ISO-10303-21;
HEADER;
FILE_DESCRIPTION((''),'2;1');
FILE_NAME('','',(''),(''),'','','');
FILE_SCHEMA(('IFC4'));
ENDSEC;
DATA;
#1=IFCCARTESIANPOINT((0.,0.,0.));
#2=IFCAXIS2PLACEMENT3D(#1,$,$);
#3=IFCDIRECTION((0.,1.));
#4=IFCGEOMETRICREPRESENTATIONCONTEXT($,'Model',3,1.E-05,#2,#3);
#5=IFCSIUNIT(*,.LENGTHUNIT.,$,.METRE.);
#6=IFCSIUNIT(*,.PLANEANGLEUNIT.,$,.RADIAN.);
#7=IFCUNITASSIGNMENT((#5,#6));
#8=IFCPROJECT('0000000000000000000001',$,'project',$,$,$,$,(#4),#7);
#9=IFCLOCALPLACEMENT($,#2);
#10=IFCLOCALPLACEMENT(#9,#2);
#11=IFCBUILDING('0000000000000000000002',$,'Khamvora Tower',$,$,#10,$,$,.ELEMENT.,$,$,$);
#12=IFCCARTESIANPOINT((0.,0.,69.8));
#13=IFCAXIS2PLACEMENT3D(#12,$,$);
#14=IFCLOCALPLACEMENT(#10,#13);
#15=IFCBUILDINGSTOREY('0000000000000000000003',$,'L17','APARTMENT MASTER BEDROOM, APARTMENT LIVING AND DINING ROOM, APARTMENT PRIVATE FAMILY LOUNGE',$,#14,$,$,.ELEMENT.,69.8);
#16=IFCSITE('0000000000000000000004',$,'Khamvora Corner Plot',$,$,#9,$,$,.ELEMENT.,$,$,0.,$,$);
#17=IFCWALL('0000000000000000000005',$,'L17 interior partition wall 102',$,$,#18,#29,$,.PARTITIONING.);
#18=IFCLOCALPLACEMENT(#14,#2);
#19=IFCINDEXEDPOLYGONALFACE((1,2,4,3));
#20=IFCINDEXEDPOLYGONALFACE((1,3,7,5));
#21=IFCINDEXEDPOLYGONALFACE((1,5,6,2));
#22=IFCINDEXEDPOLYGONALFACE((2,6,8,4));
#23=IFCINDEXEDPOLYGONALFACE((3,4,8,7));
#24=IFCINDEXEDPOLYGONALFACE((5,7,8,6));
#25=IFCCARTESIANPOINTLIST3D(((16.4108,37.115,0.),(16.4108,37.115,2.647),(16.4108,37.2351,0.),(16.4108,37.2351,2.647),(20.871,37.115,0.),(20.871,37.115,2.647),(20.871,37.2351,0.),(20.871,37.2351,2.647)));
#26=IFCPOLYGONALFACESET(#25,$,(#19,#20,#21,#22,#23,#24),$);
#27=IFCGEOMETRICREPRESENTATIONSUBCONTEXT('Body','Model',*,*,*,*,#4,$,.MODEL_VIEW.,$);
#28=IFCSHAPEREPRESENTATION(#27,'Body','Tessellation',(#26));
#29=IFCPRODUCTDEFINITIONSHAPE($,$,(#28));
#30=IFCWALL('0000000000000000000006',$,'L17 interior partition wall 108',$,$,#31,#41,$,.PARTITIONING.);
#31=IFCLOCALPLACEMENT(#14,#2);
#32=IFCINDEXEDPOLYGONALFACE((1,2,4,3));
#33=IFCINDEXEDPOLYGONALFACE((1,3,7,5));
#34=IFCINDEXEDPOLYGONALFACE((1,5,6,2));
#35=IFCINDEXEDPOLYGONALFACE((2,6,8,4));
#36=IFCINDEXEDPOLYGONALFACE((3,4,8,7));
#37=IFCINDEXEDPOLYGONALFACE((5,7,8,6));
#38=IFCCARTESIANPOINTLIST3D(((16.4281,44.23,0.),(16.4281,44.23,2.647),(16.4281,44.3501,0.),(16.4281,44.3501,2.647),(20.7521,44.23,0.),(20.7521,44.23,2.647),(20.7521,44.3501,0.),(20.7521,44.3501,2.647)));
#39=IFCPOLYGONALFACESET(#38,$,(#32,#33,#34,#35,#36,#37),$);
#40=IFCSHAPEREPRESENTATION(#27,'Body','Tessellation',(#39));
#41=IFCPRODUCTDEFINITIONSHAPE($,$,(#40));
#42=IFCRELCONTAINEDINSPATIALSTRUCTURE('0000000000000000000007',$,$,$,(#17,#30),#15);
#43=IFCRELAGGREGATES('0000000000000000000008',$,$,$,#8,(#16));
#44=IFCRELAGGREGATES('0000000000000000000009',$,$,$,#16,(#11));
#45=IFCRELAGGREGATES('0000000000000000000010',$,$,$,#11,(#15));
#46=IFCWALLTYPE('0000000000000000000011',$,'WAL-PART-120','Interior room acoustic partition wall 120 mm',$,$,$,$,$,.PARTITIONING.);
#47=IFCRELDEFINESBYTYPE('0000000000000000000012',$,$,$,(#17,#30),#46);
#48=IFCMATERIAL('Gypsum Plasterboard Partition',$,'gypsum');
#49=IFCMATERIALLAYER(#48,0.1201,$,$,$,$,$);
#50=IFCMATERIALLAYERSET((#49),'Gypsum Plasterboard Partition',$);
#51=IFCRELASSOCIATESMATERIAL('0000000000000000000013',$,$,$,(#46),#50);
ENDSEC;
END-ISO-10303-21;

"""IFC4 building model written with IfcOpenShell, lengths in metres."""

from ifc_helpers import new_model, si_unit, direction, frame, frame_2d, origin, place, context, subcontext, project, spatial, rectangle, extrude, material, layer, layer_set, type_object, element, save


model = new_model("IFC4")

# Units and contexts
model_context = context("Model", 3, precision=1e-05, world=origin(), true_north=direction((0.0, 1.0)))
body_context = subcontext(model_context, "Body", "Model", "MODEL_VIEW")
ifc_project = project(units=[si_unit("LENGTHUNIT", "METRE"), si_unit("PLANEANGLEUNIT", "RADIAN")], contexts=[model_context])

# Site, building, storey
site_placement = place(None, origin())
site = spatial("IfcSite", under=ifc_project, at=site_placement, Name="Khamvora Corner Plot", CompositionType="ELEMENT", RefElevation=0.0)
building_placement = place(site_placement, origin())
building = spatial("IfcBuilding", under=site, at=building_placement, Name="Khamvora Tower", CompositionType="ELEMENT")
storey_placement = place(building_placement, frame((0.0, 0.0, 69.8)))
storey = spatial("IfcBuildingStorey", under=building, at=storey_placement, Name="L17", Description="APARTMENT MASTER BEDROOM, APARTMENT LIVING AND DINING ROOM, APARTMENT PRIVATE FAMILY LOUNGE", CompositionType="ELEMENT", Elevation=69.8)

# Walls
ifc_material_1 = material(Name="Gypsum Plasterboard Partition", Category="gypsum")
ifc_layer = layer(ifc_material_1, 0.1201)
ifc_layer_set = layer_set([ifc_layer], Name="Gypsum Plasterboard Partition")
wall_type = type_object("IfcWallType", Name="WAL-PART-120", Description="Interior room acoustic partition wall 120 mm", PredefinedType="PARTITIONING", material=ifc_layer_set)
wall_1_placement = place(storey_placement, frame((16.4109, 37.175, 0.0), z_axis=(0.0, 0.0, 1.0), x_axis=(1.0, 0.0, 0.0)))
element("IfcWall", 1, at=wall_1_placement, inside=storey, type_object=wall_type, Name="L17 interior partition wall 102", PredefinedType="PARTITIONING", context=body_context, shape_type="SweptSolid", body=[
    extrude(rectangle(XDim=4.4602, YDim=0.1201, at=frame_2d((2.23, 0.0))), origin(), (0.0, 0.0, 1.0), 2.647),
])
wall_2_placement = place(storey_placement, frame((16.428, 44.29, 0.0), z_axis=(0.0, 0.0, 1.0), x_axis=(1.0, 0.0, 0.0)))
element("IfcWall", 2, at=wall_2_placement, inside=storey, type_object=wall_type, Name="L17 interior partition wall 108", PredefinedType="PARTITIONING", context=body_context, shape_type="SweptSolid", body=[
    extrude(rectangle(XDim=4.324, YDim=0.1201, at=frame_2d((2.1621, 0.0))), origin(), (0.0, 0.0, 1.0), 2.647),
])

save(model, "model.ifc")
